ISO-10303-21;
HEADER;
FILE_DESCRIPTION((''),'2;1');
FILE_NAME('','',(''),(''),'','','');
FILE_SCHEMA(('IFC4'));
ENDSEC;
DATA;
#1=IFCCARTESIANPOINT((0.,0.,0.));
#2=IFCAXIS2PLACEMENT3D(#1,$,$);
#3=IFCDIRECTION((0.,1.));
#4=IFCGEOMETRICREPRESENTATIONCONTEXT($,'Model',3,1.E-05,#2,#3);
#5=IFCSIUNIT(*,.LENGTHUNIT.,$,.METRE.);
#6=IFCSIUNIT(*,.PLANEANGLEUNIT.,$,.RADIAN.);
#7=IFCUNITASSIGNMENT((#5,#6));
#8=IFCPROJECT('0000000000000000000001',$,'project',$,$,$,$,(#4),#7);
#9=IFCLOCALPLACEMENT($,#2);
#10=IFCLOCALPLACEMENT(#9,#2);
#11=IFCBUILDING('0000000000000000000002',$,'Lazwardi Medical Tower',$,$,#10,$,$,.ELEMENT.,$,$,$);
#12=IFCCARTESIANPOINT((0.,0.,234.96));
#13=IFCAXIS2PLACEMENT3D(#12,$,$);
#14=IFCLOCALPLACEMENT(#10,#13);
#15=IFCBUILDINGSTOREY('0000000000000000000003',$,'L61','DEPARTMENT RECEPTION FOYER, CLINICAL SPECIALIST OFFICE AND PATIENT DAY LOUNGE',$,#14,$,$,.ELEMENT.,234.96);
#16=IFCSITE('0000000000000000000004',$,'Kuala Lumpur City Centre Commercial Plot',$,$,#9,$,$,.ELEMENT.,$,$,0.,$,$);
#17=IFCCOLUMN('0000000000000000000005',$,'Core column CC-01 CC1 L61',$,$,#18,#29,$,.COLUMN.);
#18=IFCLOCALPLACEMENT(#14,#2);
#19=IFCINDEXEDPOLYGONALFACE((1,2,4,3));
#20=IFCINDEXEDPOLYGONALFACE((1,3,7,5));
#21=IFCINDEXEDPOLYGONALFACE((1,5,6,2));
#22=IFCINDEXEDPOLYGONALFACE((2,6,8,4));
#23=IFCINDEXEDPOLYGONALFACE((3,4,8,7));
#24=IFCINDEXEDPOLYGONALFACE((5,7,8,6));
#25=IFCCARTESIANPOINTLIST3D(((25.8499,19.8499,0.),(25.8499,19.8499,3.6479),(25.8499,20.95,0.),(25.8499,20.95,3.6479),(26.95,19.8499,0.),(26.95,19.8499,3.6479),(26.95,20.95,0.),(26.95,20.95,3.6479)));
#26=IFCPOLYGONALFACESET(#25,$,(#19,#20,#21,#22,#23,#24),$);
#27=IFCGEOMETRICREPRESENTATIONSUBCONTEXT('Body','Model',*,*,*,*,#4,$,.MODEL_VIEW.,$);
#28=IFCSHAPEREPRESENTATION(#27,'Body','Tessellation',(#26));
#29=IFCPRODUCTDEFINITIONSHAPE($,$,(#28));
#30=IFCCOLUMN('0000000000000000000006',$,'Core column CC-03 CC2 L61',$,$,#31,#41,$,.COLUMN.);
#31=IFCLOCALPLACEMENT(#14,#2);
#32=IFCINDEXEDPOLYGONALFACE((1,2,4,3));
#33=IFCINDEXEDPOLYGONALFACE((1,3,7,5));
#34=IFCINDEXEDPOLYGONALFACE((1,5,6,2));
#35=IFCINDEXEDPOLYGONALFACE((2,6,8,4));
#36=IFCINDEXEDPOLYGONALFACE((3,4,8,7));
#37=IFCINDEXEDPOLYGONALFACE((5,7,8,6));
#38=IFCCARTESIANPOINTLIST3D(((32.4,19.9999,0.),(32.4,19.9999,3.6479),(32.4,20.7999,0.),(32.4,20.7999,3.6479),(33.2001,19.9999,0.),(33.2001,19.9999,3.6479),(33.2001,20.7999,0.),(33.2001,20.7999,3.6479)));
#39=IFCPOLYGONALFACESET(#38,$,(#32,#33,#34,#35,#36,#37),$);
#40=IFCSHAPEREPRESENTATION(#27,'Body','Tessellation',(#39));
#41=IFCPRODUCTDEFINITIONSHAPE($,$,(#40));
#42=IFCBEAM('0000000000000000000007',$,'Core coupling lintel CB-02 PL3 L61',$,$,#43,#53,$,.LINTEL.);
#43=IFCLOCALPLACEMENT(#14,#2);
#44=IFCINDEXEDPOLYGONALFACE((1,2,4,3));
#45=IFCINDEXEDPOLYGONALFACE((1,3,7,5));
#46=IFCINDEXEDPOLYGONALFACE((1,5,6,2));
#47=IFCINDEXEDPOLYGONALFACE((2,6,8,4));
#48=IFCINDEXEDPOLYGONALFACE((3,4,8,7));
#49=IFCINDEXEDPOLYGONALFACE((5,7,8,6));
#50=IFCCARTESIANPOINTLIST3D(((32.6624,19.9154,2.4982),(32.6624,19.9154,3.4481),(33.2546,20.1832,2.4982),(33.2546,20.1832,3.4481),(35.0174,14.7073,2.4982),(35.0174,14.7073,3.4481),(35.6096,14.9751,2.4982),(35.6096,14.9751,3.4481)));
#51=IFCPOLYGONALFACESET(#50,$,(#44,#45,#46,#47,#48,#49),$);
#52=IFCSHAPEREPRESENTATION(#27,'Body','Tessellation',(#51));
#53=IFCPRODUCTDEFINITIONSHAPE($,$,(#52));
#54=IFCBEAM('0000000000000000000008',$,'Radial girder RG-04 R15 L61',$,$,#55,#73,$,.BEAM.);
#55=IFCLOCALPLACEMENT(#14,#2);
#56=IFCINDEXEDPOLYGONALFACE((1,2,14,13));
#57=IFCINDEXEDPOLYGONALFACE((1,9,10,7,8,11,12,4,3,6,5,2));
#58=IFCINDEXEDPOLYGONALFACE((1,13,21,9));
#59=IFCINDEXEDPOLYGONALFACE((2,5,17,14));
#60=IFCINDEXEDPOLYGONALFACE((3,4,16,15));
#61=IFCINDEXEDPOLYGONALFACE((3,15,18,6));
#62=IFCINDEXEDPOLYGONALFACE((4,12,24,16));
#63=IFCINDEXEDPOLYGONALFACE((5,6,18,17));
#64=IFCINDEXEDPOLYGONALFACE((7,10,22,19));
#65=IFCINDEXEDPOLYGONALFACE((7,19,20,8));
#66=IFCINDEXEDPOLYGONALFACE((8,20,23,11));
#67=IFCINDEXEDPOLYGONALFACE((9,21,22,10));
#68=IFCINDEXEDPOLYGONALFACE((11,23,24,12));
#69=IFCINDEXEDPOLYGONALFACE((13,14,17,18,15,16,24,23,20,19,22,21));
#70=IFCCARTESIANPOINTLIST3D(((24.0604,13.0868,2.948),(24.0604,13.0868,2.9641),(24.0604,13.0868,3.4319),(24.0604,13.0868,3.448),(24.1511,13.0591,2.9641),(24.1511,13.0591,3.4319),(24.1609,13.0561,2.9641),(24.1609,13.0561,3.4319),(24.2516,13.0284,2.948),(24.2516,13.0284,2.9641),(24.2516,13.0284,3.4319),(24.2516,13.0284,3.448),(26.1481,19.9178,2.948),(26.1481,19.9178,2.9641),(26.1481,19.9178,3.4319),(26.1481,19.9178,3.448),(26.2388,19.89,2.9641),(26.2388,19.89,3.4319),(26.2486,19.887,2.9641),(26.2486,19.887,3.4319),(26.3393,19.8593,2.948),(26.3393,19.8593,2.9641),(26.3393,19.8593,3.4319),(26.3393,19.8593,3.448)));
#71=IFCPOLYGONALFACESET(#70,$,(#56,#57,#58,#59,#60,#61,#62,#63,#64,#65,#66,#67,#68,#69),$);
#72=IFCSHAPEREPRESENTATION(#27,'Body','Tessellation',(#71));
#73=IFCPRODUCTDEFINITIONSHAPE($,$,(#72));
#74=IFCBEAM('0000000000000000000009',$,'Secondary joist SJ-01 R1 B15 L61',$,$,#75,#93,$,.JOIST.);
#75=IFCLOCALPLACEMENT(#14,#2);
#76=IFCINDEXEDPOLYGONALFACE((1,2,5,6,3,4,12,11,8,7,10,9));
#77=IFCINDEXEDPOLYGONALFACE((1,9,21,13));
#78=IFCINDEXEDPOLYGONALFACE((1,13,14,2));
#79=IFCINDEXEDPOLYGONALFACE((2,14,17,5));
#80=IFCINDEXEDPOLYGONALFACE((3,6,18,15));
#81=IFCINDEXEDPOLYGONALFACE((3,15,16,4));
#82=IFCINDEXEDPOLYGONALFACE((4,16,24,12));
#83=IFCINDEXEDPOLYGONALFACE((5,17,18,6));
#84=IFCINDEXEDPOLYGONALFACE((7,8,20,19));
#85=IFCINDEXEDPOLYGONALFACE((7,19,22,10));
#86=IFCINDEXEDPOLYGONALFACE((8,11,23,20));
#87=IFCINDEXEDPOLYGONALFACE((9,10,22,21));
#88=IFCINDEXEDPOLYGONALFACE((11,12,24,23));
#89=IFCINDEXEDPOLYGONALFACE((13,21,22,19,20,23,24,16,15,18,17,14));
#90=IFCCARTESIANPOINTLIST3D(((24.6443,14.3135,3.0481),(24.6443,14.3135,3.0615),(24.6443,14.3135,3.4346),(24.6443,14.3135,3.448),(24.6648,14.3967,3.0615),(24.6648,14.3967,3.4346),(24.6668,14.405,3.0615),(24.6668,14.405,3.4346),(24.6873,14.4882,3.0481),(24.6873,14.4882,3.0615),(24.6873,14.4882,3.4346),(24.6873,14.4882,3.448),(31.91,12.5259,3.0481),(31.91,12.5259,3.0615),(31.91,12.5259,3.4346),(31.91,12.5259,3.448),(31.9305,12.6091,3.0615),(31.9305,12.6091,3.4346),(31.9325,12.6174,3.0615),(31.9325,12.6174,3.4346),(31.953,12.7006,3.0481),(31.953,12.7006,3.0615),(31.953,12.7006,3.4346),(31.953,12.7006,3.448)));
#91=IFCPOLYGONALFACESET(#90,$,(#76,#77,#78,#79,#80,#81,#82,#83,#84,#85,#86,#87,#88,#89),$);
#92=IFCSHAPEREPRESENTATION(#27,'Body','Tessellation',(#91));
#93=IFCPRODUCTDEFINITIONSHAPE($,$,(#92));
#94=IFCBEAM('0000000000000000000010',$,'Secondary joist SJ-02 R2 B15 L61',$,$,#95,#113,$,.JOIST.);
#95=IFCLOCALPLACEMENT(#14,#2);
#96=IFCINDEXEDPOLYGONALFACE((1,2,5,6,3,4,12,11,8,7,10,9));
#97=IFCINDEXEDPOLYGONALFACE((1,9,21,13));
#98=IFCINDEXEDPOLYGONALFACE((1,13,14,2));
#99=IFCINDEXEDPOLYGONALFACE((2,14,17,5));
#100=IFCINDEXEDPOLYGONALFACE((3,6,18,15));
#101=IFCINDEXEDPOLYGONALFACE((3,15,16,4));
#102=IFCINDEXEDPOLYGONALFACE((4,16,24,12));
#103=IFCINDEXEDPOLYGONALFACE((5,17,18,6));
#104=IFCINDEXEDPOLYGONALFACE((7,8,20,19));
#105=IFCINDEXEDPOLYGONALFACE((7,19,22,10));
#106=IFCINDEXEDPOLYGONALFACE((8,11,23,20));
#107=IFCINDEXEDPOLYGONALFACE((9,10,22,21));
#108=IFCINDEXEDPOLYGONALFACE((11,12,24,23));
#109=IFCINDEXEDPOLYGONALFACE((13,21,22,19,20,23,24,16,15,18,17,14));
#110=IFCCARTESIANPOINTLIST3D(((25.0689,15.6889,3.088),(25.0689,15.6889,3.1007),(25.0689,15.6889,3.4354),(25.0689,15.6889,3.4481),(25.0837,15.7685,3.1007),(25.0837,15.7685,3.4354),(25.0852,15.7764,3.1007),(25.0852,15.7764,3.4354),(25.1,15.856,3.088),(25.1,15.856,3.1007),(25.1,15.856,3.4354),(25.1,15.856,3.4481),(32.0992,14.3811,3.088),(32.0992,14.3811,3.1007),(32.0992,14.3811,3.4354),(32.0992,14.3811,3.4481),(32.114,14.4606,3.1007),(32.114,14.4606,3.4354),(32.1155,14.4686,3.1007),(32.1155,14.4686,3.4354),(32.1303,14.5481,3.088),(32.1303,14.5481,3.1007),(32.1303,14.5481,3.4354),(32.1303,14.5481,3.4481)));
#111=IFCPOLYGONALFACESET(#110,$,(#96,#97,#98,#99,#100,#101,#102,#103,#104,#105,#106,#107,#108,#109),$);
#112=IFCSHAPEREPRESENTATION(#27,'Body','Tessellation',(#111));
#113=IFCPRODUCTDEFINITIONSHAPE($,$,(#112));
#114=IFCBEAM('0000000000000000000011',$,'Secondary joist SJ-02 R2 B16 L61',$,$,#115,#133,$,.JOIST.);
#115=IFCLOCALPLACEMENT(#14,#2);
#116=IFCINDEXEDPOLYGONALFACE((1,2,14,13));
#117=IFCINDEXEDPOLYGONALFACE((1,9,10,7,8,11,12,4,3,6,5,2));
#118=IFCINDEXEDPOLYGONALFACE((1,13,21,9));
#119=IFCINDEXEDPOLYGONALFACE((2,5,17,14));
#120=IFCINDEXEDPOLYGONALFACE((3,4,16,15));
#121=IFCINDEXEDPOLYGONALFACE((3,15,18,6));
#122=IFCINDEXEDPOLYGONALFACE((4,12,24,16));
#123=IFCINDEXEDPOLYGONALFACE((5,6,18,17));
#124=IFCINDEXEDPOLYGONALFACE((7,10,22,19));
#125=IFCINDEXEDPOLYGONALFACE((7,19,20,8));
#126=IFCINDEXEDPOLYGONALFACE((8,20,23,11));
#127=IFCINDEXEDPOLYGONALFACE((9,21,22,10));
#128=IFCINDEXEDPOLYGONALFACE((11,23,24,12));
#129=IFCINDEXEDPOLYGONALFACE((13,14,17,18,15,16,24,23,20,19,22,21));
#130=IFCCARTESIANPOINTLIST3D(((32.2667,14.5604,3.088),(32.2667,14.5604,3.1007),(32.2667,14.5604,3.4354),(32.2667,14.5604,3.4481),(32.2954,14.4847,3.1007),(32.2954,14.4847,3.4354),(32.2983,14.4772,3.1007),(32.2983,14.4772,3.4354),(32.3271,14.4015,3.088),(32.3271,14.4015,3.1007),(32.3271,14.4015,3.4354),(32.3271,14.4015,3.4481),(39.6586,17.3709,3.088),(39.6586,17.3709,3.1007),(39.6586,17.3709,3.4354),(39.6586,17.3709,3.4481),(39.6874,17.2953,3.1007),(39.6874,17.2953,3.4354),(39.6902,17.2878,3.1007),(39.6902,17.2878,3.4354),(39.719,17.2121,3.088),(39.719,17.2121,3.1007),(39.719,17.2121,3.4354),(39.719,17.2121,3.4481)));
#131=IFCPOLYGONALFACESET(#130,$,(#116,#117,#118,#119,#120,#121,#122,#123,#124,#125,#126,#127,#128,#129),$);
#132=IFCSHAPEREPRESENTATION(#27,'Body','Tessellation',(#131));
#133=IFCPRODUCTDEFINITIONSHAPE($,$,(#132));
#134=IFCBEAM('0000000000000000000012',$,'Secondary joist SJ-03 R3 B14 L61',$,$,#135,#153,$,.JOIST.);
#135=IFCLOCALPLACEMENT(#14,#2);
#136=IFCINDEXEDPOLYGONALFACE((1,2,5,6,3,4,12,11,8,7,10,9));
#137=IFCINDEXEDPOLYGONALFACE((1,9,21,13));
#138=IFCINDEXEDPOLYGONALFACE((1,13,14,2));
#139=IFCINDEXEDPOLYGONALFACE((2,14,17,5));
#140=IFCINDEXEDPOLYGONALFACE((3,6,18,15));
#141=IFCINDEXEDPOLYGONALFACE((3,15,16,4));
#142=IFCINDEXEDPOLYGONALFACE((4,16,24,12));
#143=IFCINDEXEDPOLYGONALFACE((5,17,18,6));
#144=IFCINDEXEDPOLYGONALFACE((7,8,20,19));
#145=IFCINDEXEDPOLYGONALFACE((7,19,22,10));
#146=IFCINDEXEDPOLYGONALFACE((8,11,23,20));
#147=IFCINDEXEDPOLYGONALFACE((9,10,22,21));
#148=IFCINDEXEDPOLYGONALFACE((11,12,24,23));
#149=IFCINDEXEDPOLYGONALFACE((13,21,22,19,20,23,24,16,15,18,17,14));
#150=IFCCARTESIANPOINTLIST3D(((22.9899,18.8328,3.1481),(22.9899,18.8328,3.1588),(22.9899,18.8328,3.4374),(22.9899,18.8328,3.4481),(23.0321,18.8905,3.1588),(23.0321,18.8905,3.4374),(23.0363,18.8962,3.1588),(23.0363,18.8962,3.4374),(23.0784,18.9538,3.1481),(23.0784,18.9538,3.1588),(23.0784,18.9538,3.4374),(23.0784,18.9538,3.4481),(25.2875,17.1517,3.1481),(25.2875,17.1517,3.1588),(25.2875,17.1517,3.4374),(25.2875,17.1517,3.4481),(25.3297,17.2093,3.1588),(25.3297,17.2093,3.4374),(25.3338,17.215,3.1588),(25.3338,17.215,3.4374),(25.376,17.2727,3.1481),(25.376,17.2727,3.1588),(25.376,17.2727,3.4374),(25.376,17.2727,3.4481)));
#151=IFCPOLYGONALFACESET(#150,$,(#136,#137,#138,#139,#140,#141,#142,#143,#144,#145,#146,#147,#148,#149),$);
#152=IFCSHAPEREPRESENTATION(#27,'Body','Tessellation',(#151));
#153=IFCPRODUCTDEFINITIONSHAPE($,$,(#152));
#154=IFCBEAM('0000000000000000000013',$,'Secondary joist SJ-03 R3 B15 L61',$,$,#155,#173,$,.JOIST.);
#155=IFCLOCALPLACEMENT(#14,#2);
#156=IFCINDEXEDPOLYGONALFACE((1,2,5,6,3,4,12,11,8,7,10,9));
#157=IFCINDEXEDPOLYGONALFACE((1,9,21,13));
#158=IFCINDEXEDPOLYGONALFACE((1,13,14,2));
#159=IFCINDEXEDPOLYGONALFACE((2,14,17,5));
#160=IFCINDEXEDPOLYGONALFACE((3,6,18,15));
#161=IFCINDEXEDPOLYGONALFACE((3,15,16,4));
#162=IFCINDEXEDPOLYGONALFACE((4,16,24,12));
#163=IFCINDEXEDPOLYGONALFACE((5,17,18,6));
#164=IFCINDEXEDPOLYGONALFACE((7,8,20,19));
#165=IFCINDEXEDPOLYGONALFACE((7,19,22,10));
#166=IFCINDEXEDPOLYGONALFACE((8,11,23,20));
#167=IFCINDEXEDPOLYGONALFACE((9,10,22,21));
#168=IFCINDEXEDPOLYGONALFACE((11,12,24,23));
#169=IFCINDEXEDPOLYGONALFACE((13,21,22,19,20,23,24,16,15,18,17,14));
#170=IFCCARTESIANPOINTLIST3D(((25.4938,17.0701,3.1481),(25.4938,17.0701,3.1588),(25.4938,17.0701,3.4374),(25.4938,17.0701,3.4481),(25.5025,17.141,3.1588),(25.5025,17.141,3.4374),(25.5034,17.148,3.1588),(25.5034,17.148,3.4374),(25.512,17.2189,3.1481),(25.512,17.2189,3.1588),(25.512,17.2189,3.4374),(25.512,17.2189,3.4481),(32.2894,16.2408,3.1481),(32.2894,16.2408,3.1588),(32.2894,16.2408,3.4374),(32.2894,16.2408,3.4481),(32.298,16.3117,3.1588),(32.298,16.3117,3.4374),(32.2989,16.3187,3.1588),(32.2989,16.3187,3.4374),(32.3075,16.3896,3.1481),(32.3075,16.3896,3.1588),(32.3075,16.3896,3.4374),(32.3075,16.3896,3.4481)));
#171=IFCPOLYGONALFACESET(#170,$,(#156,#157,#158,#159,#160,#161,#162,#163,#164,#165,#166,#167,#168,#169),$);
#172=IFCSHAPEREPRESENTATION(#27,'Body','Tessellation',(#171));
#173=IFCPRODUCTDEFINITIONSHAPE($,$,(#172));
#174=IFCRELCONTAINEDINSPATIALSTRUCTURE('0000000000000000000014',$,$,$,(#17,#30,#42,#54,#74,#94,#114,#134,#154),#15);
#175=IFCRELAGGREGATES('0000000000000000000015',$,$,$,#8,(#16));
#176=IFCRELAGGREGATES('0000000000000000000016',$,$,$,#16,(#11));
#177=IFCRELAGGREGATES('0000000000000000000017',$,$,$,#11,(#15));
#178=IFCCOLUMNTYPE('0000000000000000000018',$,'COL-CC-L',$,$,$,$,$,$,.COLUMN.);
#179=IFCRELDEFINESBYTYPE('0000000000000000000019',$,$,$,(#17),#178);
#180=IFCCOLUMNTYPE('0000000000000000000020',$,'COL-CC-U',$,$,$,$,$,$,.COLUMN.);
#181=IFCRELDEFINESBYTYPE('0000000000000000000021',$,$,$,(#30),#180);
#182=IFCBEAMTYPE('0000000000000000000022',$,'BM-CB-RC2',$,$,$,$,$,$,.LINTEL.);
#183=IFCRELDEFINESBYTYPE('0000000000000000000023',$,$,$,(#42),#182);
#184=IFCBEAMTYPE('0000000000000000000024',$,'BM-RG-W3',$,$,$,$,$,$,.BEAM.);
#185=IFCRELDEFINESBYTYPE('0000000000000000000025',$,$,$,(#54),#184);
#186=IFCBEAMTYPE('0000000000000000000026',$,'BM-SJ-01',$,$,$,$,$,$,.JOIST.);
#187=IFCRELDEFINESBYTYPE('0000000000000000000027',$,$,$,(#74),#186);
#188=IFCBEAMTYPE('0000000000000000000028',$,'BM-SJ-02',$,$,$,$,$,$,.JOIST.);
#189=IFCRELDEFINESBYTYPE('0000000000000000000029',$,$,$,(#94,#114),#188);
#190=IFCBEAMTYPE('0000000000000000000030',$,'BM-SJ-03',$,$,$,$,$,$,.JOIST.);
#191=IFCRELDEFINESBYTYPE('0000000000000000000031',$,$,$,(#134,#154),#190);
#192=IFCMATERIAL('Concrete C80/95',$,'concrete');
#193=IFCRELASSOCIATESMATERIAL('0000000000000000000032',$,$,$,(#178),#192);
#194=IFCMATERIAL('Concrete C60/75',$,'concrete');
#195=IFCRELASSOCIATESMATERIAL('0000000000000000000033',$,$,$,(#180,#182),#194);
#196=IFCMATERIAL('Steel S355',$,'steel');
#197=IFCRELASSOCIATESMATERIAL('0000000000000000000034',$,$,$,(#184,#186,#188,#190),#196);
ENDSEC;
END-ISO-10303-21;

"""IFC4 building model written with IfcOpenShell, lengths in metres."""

from ifc_helpers import new_model, si_unit, direction, frame, origin, origin_2d, place, context, subcontext, project, spatial, rectangle, i_section, extrude, material, material_profile, profile_set, type_object, element, save


model = new_model("IFC4")

# Units and contexts
model_context = context("Model", 3, precision=1e-05, world=origin(), true_north=direction((0.0, 1.0)))
body_context = subcontext(model_context, "Body", "Model", "MODEL_VIEW")
ifc_project = project(units=[si_unit("LENGTHUNIT", "METRE"), si_unit("PLANEANGLEUNIT", "RADIAN")], contexts=[model_context])

# Site, building, storey
site_placement = place(None, origin())
site = spatial("IfcSite", under=ifc_project, at=site_placement, Name="Kuala Lumpur City Centre Commercial Plot", CompositionType="ELEMENT", RefElevation=0.0)
building_placement = place(site_placement, origin())
building = spatial("IfcBuilding", under=site, at=building_placement, Name="Lazwardi Medical Tower", CompositionType="ELEMENT")
storey_placement = place(building_placement, frame((0.0, 0.0, 234.96)))
storey = spatial("IfcBuildingStorey", under=building, at=storey_placement, Name="L61", Description="DEPARTMENT RECEPTION FOYER, CLINICAL SPECIALIST OFFICE AND PATIENT DAY LOUNGE", CompositionType="ELEMENT", Elevation=234.96)

# Columns
ifc_material_1 = material(Name="Concrete C80/95", Category="concrete")
ifc_material_profile_1 = material_profile(ifc_material_1, rectangle(XDim=1.1001, YDim=1.1001, at=origin_2d()), Name="RC 1100x1100")
ifc_profile_set_1 = profile_set([ifc_material_profile_1], Name="Concrete C80/95")
column_type_1 = type_object("IfcColumnType", Name="COL-CC-L", PredefinedType="COLUMN", material=ifc_profile_set_1)
column_1_placement = place(storey_placement, frame((26.3999, 20.3999, 0.0), z_axis=(0.0, 0.0, 1.0), x_axis=(1.0, 0.0, 0.0)))
element("IfcColumn", 1, at=column_1_placement, inside=storey, type_object=column_type_1, Name="Core column CC-01 CC1 L61", PredefinedType="COLUMN", context=body_context, shape_type="SweptSolid", body=[
    extrude(rectangle(XDim=1.1001, YDim=1.1001, at=origin_2d()), origin(), (0.0, 0.0, 1.0), 3.6479),
])
ifc_material_2 = material(Name="Concrete C60/75", Category="concrete")
ifc_material_profile_2 = material_profile(ifc_material_2, rectangle(XDim=0.8, YDim=0.8, at=origin_2d()), Name="RC 800x800")
ifc_profile_set_2 = profile_set([ifc_material_profile_2], Name="Concrete C60/75")
column_type_2 = type_object("IfcColumnType", Name="COL-CC-U", PredefinedType="COLUMN", material=ifc_profile_set_2)
column_2_placement = place(storey_placement, frame((32.8, 20.3999, 0.0), z_axis=(0.0, 0.0, 1.0), x_axis=(1.0, 0.0, 0.0)))
element("IfcColumn", 2, at=column_2_placement, inside=storey, type_object=column_type_2, Name="Core column CC-03 CC2 L61", PredefinedType="COLUMN", context=body_context, shape_type="SweptSolid", body=[
    extrude(rectangle(XDim=0.8, YDim=0.8, at=origin_2d()), origin(), (0.0, 0.0, 1.0), 3.6479),
])

# Beams
ifc_material_profile_3 = material_profile(ifc_material_2, rectangle(XDim=0.6499, YDim=0.95, at=origin_2d()), Name="RC 650x950")
ifc_profile_set_3 = profile_set([ifc_material_profile_3], Name="Concrete C60/75")
beam_type_1 = type_object("IfcBeamType", Name="BM-CB-RC2", PredefinedType="LINTEL", material=ifc_profile_set_3)
beam_1_placement = place(storey_placement, frame((32.9585, 20.0493, 2.9731), z_axis=(0.412019, -0.911175, 0.0), x_axis=(0.911175, 0.412019, 0.0)))
element("IfcBeam", 3, at=beam_1_placement, inside=storey, type_object=beam_type_1, Name="Core coupling lintel CB-02 PL3 L61", PredefinedType="LINTEL", context=body_context, shape_type="SweptSolid", body=[
    extrude(rectangle(XDim=0.6499, YDim=0.95, at=origin_2d()), origin(), (0.0, 0.0, 1.0), 5.7158),
])
ifc_material_3 = material(Name="Steel S355", Category="steel")
ifc_material_profile_4 = material_profile(ifc_material_3, i_section(OverallWidth=0.2, OverallDepth=0.5, WebThickness=0.0103, FlangeThickness=0.0161, at=origin_2d()), Name="IPE 500")
ifc_profile_set_4 = profile_set([ifc_material_profile_4], Name="Steel S355")
beam_type_2 = type_object("IfcBeamType", Name="BM-RG-W3", PredefinedType="BEAM", material=ifc_profile_set_4)
beam_2_placement = place(storey_placement, frame((24.156, 13.0576, 3.198), z_axis=(0.292277, 0.956334, 0.0), x_axis=(-0.956334, 0.292277, 0.0)))
element("IfcBeam", 4, at=beam_2_placement, inside=storey, type_object=beam_type_2, Name="Radial girder RG-04 R15 L61", PredefinedType="BEAM", context=body_context, shape_type="SweptSolid", body=[
    extrude(i_section(OverallWidth=0.2, OverallDepth=0.5, WebThickness=0.0103, FlangeThickness=0.0161, at=origin_2d()), origin(), (0.0, 0.0, 1.0), 7.1428),
])
ifc_material_profile_5 = material_profile(ifc_material_3, i_section(OverallWidth=0.1799, OverallDepth=0.3999, WebThickness=0.0085, FlangeThickness=0.0134, at=origin_2d()), Name="IPE 400")
ifc_profile_set_5 = profile_set([ifc_material_profile_5], Name="Steel S355")
beam_type_3 = type_object("IfcBeamType", Name="BM-SJ-01", PredefinedType="JOIST", material=ifc_profile_set_5)
beam_3_placement = place(storey_placement, frame((24.6658, 14.4009, 3.248), z_axis=(0.971042, -0.23891, 0.0), x_axis=(0.23891, 0.971042, 0.0)))
element("IfcBeam", 5, at=beam_3_placement, inside=storey, type_object=beam_type_3, Name="Secondary joist SJ-01 R1 B15 L61", PredefinedType="JOIST", context=body_context, shape_type="SweptSolid", body=[
    extrude(i_section(OverallWidth=0.1799, OverallDepth=0.3999, WebThickness=0.0085, FlangeThickness=0.0134, at=origin_2d()), origin(), (0.0, 0.0, 1.0), 7.4824),
])
ifc_material_profile_6 = material_profile(ifc_material_3, i_section(OverallWidth=0.1699, OverallDepth=0.3601, WebThickness=0.0081, FlangeThickness=0.0127, at=origin_2d()), Name="IPE 360")
ifc_profile_set_6 = profile_set([ifc_material_profile_6], Name="Steel S355")
beam_type_4 = type_object("IfcBeamType", Name="BM-SJ-02", PredefinedType="JOIST", material=ifc_profile_set_6)
beam_4_placement = place(storey_placement, frame((25.0845, 15.7725, 3.2681), z_axis=(0.983132, -0.182895, 0.0), x_axis=(0.182895, 0.983132, 0.0)))
element("IfcBeam", 6, at=beam_4_placement, inside=storey, type_object=beam_type_4, Name="Secondary joist SJ-02 R2 B15 L61", PredefinedType="JOIST", context=body_context, shape_type="SweptSolid", body=[
    extrude(i_section(OverallWidth=0.1699, OverallDepth=0.3601, WebThickness=0.0081, FlangeThickness=0.0127, at=origin_2d()), origin(), (0.0, 0.0, 1.0), 7.1509),
])
beam_5_placement = place(storey_placement, frame((32.2969, 14.481, 3.2681), z_axis=(0.934714, 0.3554, 0.0), x_axis=(-0.3554, 0.934714, 0.0)))
element("IfcBeam", 7, at=beam_5_placement, inside=storey, type_object=beam_type_4, Name="Secondary joist SJ-02 R2 B16 L61", PredefinedType="JOIST", context=body_context, shape_type="SweptSolid", body=[
    extrude(i_section(OverallWidth=0.1699, OverallDepth=0.3601, WebThickness=0.0081, FlangeThickness=0.0127, at=origin_2d()), origin(), (0.0, 0.0, 1.0), 7.9082),
])
ifc_material_profile_7 = material_profile(ifc_material_3, i_section(OverallWidth=0.1499, OverallDepth=0.3, WebThickness=0.0071, FlangeThickness=0.0107, at=origin_2d()), Name="IPE 300")
ifc_profile_set_7 = profile_set([ifc_material_profile_7], Name="Steel S355")
beam_type_5 = type_object("IfcBeamType", Name="BM-SJ-03", PredefinedType="JOIST", material=ifc_profile_set_7)
beam_6_placement = place(storey_placement, frame((23.0342, 18.8933, 3.2981), z_axis=(0.807034, -0.590505, 0.0), x_axis=(0.590505, 0.807034, 0.0)))
element("IfcBeam", 8, at=beam_6_placement, inside=storey, type_object=beam_type_5, Name="Secondary joist SJ-03 R3 B14 L61", PredefinedType="JOIST", context=body_context, shape_type="SweptSolid", body=[
    extrude(i_section(OverallWidth=0.1499, OverallDepth=0.3, WebThickness=0.0071, FlangeThickness=0.0107, at=origin_2d()), origin(), (0.0, 0.0, 1.0), 2.8469),
])
beam_7_placement = place(storey_placement, frame((25.5029, 17.1445, 3.2981), z_axis=(0.992635, -0.121146, 0.0), x_axis=(0.121146, 0.992635, 0.0)))
element("IfcBeam", 9, at=beam_7_placement, inside=storey, type_object=beam_type_5, Name="Secondary joist SJ-03 R3 B15 L61", PredefinedType="JOIST", context=body_context, shape_type="SweptSolid", body=[
    extrude(i_section(OverallWidth=0.1499, OverallDepth=0.3, WebThickness=0.0071, FlangeThickness=0.0107, at=origin_2d()), origin(), (0.0, 0.0, 1.0), 6.8459),
])

save(model, "model.ifc")
